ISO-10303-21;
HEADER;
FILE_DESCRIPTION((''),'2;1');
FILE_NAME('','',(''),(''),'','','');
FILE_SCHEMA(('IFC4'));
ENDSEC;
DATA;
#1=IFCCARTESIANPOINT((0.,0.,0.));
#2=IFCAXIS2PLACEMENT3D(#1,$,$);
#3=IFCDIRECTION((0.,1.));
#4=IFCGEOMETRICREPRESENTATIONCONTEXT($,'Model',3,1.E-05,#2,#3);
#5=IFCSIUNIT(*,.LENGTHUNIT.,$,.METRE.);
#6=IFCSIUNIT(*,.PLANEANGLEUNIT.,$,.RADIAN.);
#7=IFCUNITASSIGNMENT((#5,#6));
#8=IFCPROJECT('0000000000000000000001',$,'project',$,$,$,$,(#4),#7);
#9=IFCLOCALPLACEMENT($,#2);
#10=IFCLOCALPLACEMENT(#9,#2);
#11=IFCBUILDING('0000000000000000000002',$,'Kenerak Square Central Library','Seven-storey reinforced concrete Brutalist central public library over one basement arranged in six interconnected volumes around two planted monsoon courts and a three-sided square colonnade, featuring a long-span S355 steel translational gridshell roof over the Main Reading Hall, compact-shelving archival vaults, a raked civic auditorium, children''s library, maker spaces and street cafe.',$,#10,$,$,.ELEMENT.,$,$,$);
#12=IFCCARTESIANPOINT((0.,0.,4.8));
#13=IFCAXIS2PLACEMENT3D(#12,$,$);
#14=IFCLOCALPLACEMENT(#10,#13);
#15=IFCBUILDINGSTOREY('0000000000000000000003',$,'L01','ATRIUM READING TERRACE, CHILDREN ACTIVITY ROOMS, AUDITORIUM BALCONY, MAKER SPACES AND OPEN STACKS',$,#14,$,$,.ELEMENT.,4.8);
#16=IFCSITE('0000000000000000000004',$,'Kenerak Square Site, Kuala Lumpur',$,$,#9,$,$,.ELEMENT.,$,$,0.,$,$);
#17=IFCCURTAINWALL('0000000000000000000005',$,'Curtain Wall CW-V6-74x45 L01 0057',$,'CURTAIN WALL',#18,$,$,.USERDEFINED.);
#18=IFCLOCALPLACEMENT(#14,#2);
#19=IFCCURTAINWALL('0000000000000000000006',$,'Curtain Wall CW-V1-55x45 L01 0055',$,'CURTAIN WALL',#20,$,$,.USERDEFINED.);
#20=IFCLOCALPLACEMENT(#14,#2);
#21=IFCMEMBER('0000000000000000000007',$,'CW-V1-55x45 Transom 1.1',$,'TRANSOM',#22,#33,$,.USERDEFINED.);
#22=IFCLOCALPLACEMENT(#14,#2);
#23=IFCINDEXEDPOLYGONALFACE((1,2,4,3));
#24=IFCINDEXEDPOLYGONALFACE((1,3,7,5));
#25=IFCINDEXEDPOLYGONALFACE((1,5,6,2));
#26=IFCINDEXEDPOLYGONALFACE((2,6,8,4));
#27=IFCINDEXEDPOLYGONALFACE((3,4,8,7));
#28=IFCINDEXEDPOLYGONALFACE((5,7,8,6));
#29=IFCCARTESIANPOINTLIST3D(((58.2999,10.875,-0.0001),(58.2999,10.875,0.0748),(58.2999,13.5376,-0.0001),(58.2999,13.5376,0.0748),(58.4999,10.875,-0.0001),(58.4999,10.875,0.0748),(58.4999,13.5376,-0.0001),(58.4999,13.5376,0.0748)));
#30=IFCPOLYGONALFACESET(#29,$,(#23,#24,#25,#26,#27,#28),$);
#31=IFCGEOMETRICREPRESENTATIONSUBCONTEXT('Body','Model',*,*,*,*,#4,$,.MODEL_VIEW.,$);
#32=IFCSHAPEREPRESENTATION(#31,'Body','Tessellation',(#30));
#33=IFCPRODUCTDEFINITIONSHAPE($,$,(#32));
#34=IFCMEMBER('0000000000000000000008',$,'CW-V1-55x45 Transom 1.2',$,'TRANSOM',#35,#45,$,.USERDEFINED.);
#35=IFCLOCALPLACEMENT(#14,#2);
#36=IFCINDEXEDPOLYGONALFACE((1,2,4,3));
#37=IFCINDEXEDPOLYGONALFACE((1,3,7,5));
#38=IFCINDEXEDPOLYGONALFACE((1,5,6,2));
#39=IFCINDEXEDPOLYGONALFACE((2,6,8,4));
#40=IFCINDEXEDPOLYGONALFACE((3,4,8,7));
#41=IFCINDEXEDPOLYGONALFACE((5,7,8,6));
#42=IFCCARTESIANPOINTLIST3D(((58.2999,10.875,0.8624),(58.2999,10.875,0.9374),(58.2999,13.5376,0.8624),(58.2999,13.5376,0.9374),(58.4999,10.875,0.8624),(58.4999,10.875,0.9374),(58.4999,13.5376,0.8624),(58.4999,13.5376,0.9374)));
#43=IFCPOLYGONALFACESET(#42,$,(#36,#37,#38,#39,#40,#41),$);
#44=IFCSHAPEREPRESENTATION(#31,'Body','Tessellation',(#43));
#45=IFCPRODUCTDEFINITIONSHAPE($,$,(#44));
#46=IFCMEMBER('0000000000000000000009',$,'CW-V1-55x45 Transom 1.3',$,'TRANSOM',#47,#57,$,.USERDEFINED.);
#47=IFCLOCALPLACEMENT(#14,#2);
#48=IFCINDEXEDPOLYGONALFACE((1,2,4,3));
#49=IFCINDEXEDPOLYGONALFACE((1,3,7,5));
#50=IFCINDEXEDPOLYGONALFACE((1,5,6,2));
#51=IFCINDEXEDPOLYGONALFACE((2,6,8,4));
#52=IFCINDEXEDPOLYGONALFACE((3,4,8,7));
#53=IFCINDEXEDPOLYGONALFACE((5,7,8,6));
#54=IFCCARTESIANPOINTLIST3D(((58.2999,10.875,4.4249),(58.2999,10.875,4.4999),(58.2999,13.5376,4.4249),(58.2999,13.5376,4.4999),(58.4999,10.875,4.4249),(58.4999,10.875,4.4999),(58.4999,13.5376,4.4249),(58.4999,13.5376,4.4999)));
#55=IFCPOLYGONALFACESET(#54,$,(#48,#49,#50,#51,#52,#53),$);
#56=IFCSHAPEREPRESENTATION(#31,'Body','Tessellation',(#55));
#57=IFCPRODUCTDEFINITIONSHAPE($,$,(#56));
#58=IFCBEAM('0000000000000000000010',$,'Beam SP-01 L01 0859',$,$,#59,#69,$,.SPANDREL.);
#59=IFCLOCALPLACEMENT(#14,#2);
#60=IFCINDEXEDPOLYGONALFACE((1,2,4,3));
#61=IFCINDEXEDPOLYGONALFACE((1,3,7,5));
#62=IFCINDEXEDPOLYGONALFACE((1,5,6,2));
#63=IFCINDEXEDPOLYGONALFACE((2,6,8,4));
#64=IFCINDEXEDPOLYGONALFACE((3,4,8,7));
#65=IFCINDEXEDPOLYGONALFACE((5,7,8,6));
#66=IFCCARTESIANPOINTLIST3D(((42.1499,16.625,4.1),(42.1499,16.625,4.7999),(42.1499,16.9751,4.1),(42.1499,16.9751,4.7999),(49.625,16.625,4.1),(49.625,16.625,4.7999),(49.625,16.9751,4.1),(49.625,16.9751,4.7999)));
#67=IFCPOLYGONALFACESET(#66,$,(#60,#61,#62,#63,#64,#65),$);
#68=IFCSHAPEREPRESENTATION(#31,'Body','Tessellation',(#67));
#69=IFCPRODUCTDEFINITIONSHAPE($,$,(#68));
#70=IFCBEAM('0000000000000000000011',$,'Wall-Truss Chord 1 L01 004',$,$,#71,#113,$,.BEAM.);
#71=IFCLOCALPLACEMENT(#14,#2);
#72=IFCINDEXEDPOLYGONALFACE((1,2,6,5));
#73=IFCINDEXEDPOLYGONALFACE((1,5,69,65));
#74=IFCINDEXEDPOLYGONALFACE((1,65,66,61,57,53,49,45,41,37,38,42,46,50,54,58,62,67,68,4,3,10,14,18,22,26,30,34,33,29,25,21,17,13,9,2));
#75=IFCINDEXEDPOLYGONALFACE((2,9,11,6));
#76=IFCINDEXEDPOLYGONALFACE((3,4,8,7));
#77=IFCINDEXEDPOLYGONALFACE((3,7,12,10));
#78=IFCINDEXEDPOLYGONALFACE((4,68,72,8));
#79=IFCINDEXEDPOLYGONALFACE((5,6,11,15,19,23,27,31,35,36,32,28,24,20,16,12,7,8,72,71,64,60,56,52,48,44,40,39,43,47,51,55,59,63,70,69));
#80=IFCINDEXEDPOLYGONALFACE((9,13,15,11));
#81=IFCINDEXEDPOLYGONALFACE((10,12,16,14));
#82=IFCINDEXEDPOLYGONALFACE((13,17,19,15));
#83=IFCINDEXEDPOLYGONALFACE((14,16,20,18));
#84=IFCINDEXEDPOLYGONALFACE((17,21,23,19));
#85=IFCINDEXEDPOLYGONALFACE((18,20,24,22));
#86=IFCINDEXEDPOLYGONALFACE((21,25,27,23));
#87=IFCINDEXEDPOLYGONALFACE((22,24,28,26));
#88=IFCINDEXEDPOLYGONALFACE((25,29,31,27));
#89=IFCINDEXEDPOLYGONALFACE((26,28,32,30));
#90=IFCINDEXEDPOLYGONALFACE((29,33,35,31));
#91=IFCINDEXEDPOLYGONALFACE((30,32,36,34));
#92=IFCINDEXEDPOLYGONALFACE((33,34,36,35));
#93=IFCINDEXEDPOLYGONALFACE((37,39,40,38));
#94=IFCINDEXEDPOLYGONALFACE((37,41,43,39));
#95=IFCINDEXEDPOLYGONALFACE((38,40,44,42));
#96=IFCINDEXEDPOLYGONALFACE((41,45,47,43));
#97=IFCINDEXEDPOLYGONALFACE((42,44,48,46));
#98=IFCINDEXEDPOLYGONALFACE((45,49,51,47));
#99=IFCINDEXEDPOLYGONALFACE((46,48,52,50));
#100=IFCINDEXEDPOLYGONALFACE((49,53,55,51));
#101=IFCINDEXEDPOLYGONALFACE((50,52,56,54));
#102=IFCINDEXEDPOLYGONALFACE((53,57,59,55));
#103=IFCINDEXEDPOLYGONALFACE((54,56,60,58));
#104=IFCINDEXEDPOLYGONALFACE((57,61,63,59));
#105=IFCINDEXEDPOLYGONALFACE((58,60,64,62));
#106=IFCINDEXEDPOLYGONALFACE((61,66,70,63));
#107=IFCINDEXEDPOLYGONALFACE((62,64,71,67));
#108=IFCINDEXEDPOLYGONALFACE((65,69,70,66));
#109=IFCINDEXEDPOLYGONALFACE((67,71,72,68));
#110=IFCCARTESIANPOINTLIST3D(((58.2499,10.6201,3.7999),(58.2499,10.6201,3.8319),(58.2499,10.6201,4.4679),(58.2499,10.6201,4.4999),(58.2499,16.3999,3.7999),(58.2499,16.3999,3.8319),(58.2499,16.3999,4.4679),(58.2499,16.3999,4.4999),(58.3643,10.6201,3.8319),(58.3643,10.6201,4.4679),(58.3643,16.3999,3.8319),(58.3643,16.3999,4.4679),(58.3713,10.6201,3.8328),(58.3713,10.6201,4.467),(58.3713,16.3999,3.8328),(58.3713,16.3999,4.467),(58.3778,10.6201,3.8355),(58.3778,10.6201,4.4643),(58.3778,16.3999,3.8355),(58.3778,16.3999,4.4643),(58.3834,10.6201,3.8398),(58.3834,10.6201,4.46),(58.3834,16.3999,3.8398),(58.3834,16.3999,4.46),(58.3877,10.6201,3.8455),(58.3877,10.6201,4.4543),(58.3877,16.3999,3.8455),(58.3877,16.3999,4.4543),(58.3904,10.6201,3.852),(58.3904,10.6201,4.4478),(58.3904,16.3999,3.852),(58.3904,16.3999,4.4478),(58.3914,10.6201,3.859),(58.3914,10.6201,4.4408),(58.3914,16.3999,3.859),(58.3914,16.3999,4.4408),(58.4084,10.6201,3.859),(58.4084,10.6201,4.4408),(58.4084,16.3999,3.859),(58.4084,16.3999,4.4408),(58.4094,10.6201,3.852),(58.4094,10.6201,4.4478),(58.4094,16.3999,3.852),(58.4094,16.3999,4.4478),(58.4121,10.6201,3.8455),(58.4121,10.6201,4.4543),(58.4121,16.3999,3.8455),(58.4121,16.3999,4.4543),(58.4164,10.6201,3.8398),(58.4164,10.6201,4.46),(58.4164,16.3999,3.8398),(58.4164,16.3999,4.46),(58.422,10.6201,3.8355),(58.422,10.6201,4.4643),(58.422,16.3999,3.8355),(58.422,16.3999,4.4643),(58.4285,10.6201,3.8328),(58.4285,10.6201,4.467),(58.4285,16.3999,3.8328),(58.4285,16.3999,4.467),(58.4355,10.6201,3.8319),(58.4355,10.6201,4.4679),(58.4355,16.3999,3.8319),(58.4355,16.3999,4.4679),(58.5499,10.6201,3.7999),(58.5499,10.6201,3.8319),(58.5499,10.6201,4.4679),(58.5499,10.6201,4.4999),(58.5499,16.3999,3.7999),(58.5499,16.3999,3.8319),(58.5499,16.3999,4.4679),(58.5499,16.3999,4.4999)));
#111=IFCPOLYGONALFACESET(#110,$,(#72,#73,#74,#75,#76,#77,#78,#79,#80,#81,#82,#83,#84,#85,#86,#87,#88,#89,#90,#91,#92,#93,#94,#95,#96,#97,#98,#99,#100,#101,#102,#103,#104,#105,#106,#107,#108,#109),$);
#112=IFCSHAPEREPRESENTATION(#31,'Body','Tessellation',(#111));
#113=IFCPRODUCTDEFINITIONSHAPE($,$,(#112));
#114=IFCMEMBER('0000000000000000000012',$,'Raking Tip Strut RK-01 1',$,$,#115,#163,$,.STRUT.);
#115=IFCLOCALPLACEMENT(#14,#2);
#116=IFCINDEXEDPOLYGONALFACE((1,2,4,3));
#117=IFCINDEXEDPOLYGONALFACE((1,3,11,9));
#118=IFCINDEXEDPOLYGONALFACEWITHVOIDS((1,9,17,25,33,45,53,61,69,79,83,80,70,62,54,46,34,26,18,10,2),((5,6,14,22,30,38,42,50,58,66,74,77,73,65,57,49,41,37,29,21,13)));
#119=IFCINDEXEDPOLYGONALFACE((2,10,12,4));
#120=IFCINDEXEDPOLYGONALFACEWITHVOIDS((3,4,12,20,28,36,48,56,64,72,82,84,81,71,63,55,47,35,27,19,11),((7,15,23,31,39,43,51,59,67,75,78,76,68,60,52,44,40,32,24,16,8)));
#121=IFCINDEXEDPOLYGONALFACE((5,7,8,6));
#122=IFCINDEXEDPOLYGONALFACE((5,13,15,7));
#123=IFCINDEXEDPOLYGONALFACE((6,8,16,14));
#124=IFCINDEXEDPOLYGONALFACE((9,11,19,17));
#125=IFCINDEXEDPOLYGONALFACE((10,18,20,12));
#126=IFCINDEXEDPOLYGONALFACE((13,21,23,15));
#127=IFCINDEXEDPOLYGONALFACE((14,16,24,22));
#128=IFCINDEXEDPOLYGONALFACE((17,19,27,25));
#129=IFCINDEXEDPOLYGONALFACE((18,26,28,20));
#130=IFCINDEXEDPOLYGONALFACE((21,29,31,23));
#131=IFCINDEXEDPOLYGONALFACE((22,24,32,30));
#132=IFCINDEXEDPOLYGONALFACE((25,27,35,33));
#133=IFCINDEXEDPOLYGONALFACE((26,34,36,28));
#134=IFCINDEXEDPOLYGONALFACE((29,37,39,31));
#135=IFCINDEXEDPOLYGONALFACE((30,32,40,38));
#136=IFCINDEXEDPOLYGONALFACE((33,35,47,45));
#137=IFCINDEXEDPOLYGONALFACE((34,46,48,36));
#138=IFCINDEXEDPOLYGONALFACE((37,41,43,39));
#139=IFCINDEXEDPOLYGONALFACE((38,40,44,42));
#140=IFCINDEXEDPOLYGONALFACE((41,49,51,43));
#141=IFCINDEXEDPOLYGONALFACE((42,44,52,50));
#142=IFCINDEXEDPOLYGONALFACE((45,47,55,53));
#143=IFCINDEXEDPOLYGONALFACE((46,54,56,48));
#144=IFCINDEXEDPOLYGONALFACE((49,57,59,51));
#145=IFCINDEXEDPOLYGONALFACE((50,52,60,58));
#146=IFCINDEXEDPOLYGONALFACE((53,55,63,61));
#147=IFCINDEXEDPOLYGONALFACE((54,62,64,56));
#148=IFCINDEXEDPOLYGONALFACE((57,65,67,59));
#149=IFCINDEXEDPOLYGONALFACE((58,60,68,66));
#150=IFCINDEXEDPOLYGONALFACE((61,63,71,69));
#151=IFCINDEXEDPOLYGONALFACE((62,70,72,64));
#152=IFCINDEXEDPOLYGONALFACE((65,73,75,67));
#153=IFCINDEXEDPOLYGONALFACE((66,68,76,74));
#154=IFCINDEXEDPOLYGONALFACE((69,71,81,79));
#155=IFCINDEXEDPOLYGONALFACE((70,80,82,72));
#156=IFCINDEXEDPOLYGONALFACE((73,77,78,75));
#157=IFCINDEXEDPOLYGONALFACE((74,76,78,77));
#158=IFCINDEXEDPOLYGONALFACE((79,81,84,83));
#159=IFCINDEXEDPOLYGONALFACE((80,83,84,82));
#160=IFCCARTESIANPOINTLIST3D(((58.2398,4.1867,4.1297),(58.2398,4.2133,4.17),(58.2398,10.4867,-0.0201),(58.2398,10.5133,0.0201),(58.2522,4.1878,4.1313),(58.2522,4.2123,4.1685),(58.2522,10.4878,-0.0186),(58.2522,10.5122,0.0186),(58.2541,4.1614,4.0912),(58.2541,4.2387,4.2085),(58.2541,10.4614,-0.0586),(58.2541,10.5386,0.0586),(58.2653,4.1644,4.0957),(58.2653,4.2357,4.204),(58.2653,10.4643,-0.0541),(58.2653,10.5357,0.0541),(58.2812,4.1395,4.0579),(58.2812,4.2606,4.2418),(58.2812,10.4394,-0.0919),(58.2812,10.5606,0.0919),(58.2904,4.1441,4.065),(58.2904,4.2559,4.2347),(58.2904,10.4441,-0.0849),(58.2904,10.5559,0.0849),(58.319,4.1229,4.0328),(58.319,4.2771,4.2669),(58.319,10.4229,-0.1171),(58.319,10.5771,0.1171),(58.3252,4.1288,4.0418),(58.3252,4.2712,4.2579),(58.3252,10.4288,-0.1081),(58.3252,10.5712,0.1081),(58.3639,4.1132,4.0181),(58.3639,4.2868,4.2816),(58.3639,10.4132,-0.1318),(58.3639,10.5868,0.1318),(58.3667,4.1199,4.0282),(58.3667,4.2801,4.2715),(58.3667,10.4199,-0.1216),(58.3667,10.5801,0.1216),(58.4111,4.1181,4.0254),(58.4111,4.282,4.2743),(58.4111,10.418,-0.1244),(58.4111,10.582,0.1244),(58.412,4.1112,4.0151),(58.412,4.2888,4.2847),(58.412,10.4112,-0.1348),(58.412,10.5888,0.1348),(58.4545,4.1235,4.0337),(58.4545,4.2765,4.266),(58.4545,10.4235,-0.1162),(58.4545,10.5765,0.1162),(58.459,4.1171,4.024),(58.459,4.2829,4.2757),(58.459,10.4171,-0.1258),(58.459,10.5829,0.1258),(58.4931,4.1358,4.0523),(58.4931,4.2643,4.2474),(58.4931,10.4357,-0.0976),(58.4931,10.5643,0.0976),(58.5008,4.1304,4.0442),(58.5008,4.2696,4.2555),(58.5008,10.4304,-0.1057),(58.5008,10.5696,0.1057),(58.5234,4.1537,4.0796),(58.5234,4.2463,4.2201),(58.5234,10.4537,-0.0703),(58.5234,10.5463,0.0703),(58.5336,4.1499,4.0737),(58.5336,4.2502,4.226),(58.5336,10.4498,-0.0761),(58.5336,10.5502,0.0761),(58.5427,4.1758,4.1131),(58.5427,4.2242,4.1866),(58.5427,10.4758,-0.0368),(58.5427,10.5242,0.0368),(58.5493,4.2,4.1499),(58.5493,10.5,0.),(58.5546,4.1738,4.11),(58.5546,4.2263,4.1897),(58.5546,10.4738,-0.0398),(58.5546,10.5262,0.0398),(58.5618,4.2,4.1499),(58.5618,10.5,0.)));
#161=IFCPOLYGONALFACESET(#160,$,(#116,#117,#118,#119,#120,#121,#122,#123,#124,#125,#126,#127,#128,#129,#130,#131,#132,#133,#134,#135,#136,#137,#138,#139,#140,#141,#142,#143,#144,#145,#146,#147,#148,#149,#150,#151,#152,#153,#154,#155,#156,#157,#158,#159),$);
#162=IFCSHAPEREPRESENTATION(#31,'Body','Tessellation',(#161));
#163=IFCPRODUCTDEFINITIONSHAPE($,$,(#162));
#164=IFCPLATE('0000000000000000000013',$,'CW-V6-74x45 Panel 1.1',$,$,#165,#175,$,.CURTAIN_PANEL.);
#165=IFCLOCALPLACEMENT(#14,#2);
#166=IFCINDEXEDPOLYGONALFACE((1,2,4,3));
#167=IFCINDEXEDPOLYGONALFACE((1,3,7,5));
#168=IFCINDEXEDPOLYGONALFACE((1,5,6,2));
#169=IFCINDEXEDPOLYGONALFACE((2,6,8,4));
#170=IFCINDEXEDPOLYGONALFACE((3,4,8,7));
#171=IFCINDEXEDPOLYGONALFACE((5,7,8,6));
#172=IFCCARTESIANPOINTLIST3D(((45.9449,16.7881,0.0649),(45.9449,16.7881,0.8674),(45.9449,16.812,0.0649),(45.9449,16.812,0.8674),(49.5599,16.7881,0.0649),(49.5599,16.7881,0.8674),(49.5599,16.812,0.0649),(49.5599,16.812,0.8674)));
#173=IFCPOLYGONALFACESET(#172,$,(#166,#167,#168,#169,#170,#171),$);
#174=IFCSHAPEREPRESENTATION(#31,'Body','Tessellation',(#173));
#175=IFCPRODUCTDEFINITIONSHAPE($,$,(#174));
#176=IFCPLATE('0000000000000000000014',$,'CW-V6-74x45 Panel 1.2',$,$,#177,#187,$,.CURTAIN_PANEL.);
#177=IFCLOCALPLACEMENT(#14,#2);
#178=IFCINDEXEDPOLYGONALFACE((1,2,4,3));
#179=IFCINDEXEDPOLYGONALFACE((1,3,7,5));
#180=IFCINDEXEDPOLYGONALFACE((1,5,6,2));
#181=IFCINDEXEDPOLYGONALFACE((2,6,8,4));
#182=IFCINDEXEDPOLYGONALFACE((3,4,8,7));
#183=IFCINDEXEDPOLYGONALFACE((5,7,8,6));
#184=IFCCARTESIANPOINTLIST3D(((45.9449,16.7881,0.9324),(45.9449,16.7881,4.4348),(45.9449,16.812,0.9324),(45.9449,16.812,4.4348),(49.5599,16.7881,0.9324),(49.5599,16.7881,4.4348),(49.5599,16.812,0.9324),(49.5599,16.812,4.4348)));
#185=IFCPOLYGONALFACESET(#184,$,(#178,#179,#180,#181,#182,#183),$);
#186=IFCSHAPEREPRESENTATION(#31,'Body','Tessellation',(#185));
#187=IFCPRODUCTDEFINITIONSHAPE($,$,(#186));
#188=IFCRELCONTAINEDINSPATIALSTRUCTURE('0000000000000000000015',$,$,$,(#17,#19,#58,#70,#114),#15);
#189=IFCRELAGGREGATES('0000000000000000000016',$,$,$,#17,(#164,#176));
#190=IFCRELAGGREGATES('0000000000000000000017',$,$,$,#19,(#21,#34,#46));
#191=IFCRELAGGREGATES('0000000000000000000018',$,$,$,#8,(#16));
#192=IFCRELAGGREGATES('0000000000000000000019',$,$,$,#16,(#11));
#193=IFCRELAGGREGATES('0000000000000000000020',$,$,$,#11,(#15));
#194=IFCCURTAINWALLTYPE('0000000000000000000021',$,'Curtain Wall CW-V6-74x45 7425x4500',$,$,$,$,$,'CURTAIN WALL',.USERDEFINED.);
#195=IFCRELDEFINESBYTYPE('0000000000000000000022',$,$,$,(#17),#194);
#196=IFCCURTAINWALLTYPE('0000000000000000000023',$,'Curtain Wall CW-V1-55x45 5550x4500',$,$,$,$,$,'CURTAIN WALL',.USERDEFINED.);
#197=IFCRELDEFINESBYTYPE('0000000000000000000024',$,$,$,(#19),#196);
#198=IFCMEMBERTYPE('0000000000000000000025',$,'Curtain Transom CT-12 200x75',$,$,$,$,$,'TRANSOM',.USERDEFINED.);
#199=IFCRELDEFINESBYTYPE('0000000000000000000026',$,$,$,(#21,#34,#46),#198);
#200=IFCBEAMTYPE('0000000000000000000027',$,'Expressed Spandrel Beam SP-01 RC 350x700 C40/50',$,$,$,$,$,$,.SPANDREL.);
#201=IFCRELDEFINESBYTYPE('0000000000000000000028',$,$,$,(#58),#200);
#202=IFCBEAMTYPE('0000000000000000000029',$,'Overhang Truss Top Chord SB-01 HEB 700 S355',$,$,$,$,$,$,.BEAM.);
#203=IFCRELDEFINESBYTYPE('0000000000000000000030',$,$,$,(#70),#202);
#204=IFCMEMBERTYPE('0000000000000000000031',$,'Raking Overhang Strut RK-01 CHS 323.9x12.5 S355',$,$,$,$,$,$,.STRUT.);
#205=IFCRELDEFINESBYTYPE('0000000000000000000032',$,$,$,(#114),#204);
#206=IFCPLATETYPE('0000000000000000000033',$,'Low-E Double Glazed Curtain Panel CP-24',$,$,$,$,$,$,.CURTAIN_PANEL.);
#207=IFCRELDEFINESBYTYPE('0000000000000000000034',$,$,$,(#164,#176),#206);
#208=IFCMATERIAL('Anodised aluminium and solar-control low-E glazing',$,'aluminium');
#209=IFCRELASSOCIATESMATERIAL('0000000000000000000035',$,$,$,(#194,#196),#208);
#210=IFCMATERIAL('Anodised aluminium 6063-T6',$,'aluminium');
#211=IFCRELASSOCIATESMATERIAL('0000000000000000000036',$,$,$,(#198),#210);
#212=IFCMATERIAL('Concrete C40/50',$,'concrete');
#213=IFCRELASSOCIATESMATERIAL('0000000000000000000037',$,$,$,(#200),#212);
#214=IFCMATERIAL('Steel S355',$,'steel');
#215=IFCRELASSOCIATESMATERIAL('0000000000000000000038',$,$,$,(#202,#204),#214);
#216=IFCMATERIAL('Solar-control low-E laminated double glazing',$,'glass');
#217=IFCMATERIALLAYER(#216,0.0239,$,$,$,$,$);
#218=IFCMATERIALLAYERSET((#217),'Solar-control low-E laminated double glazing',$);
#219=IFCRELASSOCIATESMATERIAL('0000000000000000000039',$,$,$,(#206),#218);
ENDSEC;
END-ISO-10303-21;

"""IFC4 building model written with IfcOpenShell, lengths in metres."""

from ifc_helpers import new_model, si_unit, direction, frame, origin, origin_2d, place, context, subcontext, project, spatial, rectangle, hollow_circle, i_section, extrude, material, layer, layer_set, material_profile, profile_set, type_object, element, aggregate, save


model = new_model("IFC4")

# Units and contexts
model_context = context("Model", 3, precision=1e-05, world=origin(), true_north=direction((0.0, 1.0)))
body_context = subcontext(model_context, "Body", "Model", "MODEL_VIEW")
ifc_project = project(units=[si_unit("LENGTHUNIT", "METRE"), si_unit("PLANEANGLEUNIT", "RADIAN")], contexts=[model_context])

# Site, building, storey
site_placement = place(None, origin())
site = spatial("IfcSite", under=ifc_project, at=site_placement, Name="Kenerak Square Site, Kuala Lumpur", CompositionType="ELEMENT", RefElevation=0.0)
building_placement = place(site_placement, origin())
building = spatial("IfcBuilding", under=site, at=building_placement, Name="Kenerak Square Central Library", Description="Seven-storey reinforced concrete Brutalist central public library over one basement arranged in six interconnected volumes around two planted monsoon courts and a three-sided square colonnade, featuring a long-span S355 steel translational gridshell roof over the Main Reading Hall, compact-shelving archival vaults, a raked civic auditorium, children's library, maker spaces and street cafe.", CompositionType="ELEMENT")
storey_placement = place(building_placement, frame((0.0, 0.0, 4.8)))
storey = spatial("IfcBuildingStorey", under=building, at=storey_placement, Name="L01", Description="ATRIUM READING TERRACE, CHILDREN ACTIVITY ROOMS, AUDITORIUM BALCONY, MAKER SPACES AND OPEN STACKS", CompositionType="ELEMENT", Elevation=4.8)

# Curtain wall
ifc_material_1 = material(Name="Anodised aluminium and solar-control low-E glazing", Category="aluminium")
curtain_wall_type_1 = type_object("IfcCurtainWallType", Name="Curtain Wall CW-V6-74x45 7425x4500", ElementType="CURTAIN WALL", PredefinedType="USERDEFINED", material=ifc_material_1)
curtain_wall_1_placement = place(storey_placement, origin())
curtain_wall_1 = element("IfcCurtainWall", 1, at=curtain_wall_1_placement, inside=storey, type_object=curtain_wall_type_1, Name="Curtain Wall CW-V6-74x45 L01 0057", ObjectType="CURTAIN WALL", PredefinedType="USERDEFINED")
ifc_material_2 = material(Name="Anodised aluminium 6063-T6", Category="aluminium")

# Curtain wall
curtain_wall_type_2 = type_object("IfcCurtainWallType", Name="Curtain Wall CW-V1-55x45 5550x4500", ElementType="CURTAIN WALL", PredefinedType="USERDEFINED", material=ifc_material_1)
curtain_wall_2_placement = place(storey_placement, origin())
curtain_wall_2 = element("IfcCurtainWall", 2, at=curtain_wall_2_placement, inside=storey, type_object=curtain_wall_type_2, Name="Curtain Wall CW-V1-55x45 L01 0055", ObjectType="CURTAIN WALL", PredefinedType="USERDEFINED")

# Members
ifc_material_profile_1 = material_profile(ifc_material_2, rectangle(XDim=0.2, YDim=0.075, at=origin_2d()), Name="AL TRANSOM 200x75")
ifc_profile_set_1 = profile_set([ifc_material_profile_1], Name="Anodised aluminium 6063-T6")
member_type_1 = type_object("IfcMemberType", Name="Curtain Transom CT-12 200x75", ElementType="TRANSOM", PredefinedType="USERDEFINED", material=ifc_profile_set_1)
member_1_placement = place(storey_placement, frame((58.3999, 10.875, 0.0374), z_axis=(0.0, 1.0, 0.0), x_axis=(-1.0, 0.0, 0.0)))
member_1 = element("IfcMember", 3, at=member_1_placement, type_object=member_type_1, Name="CW-V1-55x45 Transom 1.1", ObjectType="TRANSOM", PredefinedType="USERDEFINED", context=body_context, shape_type="SweptSolid", body=[
    extrude(rectangle(XDim=0.2, YDim=0.075, at=origin_2d()), origin(), (0.0, 0.0, 1.0), 2.6626),
])
member_2_placement = place(storey_placement, frame((58.3999, 10.875, 0.8999), z_axis=(0.0, 1.0, 0.0), x_axis=(-1.0, 0.0, 0.0)))
member_2 = element("IfcMember", 4, at=member_2_placement, type_object=member_type_1, Name="CW-V1-55x45 Transom 1.2", ObjectType="TRANSOM", PredefinedType="USERDEFINED", context=body_context, shape_type="SweptSolid", body=[
    extrude(rectangle(XDim=0.2, YDim=0.075, at=origin_2d()), origin(), (0.0, 0.0, 1.0), 2.6626),
])
member_3_placement = place(storey_placement, frame((58.3999, 10.875, 4.4624), z_axis=(0.0, 1.0, 0.0), x_axis=(-1.0, 0.0, 0.0)))
member_3 = element("IfcMember", 5, at=member_3_placement, type_object=member_type_1, Name="CW-V1-55x45 Transom 1.3", ObjectType="TRANSOM", PredefinedType="USERDEFINED", context=body_context, shape_type="SweptSolid", body=[
    extrude(rectangle(XDim=0.2, YDim=0.075, at=origin_2d()), origin(), (0.0, 0.0, 1.0), 2.6626),
])

# Beams
ifc_material_3 = material(Name="Concrete C40/50", Category="concrete")
ifc_material_profile_2 = material_profile(ifc_material_3, rectangle(XDim=0.3501, YDim=0.7, at=origin_2d()), Name="RC 350x700")
ifc_profile_set_2 = profile_set([ifc_material_profile_2], Name="Concrete C40/50")
beam_type_1 = type_object("IfcBeamType", Name="Expressed Spandrel Beam SP-01 RC 350x700 C40/50", PredefinedType="SPANDREL", material=ifc_profile_set_2)
beam_1_placement = place(storey_placement, frame((42.1499, 16.8, 4.45), z_axis=(1.0, 0.0, 0.0), x_axis=(0.0, 1.0, 0.0)))
element("IfcBeam", 6, at=beam_1_placement, inside=storey, type_object=beam_type_1, Name="Beam SP-01 L01 0859", PredefinedType="SPANDREL", context=body_context, shape_type="SweptSolid", body=[
    extrude(rectangle(XDim=0.3501, YDim=0.7, at=origin_2d()), origin(), (0.0, 0.0, 1.0), 7.4751),
])
ifc_material_4 = material(Name="Steel S355", Category="steel")
ifc_material_profile_3 = material_profile(ifc_material_4, i_section(OverallWidth=0.3, OverallDepth=0.7, WebThickness=0.0171, FlangeThickness=0.032, FilletRadius=0.0271, at=origin_2d()), Name="HEB 700")
ifc_profile_set_3 = profile_set([ifc_material_profile_3], Name="Steel S355")
beam_type_2 = type_object("IfcBeamType", Name="Overhang Truss Top Chord SB-01 HEB 700 S355", PredefinedType="BEAM", material=ifc_profile_set_3)
beam_2_placement = place(storey_placement, frame((58.3999, 10.6201, 4.1499), z_axis=(0.0, 1.0, 0.0), x_axis=(-1.0, 0.0, 0.0)))
element("IfcBeam", 7, at=beam_2_placement, inside=storey, type_object=beam_type_2, Name="Wall-Truss Chord 1 L01 004", PredefinedType="BEAM", context=body_context, shape_type="SweptSolid", body=[
    extrude(i_section(OverallWidth=0.3, OverallDepth=0.7, WebThickness=0.0171, FlangeThickness=0.032, FilletRadius=0.0271, at=origin_2d()), origin(), (0.0, 0.0, 1.0), 5.7798),
])

# Member
ifc_material_profile_4 = material_profile(ifc_material_4, hollow_circle(Radius=0.1619, WallThickness=0.0125, at=origin_2d()), Name="CHS 323.9x12.5")
ifc_profile_set_4 = profile_set([ifc_material_profile_4], Name="Steel S355")
member_type_2 = type_object("IfcMemberType", Name="Raking Overhang Strut RK-01 CHS 323.9x12.5 S355", PredefinedType="STRUT", material=ifc_profile_set_4)
member_4_placement = place(storey_placement, frame((58.3999, 10.5, 0.0), z_axis=(0.0, -0.835105, 0.550091), x_axis=(1.0, 0.0, 0.0)))
element("IfcMember", 8, at=member_4_placement, inside=storey, type_object=member_type_2, Name="Raking Tip Strut RK-01 1", PredefinedType="STRUT", context=body_context, shape_type="SweptSolid", body=[
    extrude(hollow_circle(Radius=0.1619, WallThickness=0.0125, at=origin_2d()), origin(), (0.0, 0.0, 1.0), 7.5439),
])

# Plates
ifc_material_5 = material(Name="Solar-control low-E laminated double glazing", Category="glass")
ifc_layer_1 = layer(ifc_material_5, 0.0239)
ifc_layer_set_1 = layer_set([ifc_layer_1], Name="Solar-control low-E laminated double glazing")
plate_type_1 = type_object("IfcPlateType", Name="Low-E Double Glazed Curtain Panel CP-24", PredefinedType="CURTAIN_PANEL", material=ifc_layer_set_1)
plate_1_placement = place(storey_placement, frame((47.7524, 16.8, 0.0649), z_axis=(0.0, 0.0, 1.0), x_axis=(-1.0, 0.0, 0.0)))
plate_1 = element("IfcPlate", 9, at=plate_1_placement, type_object=plate_type_1, Name="CW-V6-74x45 Panel 1.1", PredefinedType="CURTAIN_PANEL", context=body_context, shape_type="SweptSolid", body=[
    extrude(rectangle(XDim=3.615, YDim=0.0239, at=origin_2d()), origin(), (0.0, 0.0, 1.0), 0.8025),
])
plate_2_placement = place(storey_placement, frame((47.7524, 16.8, 0.9324), z_axis=(0.0, 0.0, 1.0), x_axis=(-1.0, 0.0, 0.0)))
plate_2 = element("IfcPlate", 10, at=plate_2_placement, type_object=plate_type_1, Name="CW-V6-74x45 Panel 1.2", PredefinedType="CURTAIN_PANEL", context=body_context, shape_type="SweptSolid", body=[
    extrude(rectangle(XDim=3.615, YDim=0.0239, at=origin_2d()), origin(), (0.0, 0.0, 1.0), 3.5024),
])
aggregate(curtain_wall_1, [plate_1, plate_2])

aggregate(curtain_wall_2, [member_1, member_2, member_3])

save(model, "model.ifc")
